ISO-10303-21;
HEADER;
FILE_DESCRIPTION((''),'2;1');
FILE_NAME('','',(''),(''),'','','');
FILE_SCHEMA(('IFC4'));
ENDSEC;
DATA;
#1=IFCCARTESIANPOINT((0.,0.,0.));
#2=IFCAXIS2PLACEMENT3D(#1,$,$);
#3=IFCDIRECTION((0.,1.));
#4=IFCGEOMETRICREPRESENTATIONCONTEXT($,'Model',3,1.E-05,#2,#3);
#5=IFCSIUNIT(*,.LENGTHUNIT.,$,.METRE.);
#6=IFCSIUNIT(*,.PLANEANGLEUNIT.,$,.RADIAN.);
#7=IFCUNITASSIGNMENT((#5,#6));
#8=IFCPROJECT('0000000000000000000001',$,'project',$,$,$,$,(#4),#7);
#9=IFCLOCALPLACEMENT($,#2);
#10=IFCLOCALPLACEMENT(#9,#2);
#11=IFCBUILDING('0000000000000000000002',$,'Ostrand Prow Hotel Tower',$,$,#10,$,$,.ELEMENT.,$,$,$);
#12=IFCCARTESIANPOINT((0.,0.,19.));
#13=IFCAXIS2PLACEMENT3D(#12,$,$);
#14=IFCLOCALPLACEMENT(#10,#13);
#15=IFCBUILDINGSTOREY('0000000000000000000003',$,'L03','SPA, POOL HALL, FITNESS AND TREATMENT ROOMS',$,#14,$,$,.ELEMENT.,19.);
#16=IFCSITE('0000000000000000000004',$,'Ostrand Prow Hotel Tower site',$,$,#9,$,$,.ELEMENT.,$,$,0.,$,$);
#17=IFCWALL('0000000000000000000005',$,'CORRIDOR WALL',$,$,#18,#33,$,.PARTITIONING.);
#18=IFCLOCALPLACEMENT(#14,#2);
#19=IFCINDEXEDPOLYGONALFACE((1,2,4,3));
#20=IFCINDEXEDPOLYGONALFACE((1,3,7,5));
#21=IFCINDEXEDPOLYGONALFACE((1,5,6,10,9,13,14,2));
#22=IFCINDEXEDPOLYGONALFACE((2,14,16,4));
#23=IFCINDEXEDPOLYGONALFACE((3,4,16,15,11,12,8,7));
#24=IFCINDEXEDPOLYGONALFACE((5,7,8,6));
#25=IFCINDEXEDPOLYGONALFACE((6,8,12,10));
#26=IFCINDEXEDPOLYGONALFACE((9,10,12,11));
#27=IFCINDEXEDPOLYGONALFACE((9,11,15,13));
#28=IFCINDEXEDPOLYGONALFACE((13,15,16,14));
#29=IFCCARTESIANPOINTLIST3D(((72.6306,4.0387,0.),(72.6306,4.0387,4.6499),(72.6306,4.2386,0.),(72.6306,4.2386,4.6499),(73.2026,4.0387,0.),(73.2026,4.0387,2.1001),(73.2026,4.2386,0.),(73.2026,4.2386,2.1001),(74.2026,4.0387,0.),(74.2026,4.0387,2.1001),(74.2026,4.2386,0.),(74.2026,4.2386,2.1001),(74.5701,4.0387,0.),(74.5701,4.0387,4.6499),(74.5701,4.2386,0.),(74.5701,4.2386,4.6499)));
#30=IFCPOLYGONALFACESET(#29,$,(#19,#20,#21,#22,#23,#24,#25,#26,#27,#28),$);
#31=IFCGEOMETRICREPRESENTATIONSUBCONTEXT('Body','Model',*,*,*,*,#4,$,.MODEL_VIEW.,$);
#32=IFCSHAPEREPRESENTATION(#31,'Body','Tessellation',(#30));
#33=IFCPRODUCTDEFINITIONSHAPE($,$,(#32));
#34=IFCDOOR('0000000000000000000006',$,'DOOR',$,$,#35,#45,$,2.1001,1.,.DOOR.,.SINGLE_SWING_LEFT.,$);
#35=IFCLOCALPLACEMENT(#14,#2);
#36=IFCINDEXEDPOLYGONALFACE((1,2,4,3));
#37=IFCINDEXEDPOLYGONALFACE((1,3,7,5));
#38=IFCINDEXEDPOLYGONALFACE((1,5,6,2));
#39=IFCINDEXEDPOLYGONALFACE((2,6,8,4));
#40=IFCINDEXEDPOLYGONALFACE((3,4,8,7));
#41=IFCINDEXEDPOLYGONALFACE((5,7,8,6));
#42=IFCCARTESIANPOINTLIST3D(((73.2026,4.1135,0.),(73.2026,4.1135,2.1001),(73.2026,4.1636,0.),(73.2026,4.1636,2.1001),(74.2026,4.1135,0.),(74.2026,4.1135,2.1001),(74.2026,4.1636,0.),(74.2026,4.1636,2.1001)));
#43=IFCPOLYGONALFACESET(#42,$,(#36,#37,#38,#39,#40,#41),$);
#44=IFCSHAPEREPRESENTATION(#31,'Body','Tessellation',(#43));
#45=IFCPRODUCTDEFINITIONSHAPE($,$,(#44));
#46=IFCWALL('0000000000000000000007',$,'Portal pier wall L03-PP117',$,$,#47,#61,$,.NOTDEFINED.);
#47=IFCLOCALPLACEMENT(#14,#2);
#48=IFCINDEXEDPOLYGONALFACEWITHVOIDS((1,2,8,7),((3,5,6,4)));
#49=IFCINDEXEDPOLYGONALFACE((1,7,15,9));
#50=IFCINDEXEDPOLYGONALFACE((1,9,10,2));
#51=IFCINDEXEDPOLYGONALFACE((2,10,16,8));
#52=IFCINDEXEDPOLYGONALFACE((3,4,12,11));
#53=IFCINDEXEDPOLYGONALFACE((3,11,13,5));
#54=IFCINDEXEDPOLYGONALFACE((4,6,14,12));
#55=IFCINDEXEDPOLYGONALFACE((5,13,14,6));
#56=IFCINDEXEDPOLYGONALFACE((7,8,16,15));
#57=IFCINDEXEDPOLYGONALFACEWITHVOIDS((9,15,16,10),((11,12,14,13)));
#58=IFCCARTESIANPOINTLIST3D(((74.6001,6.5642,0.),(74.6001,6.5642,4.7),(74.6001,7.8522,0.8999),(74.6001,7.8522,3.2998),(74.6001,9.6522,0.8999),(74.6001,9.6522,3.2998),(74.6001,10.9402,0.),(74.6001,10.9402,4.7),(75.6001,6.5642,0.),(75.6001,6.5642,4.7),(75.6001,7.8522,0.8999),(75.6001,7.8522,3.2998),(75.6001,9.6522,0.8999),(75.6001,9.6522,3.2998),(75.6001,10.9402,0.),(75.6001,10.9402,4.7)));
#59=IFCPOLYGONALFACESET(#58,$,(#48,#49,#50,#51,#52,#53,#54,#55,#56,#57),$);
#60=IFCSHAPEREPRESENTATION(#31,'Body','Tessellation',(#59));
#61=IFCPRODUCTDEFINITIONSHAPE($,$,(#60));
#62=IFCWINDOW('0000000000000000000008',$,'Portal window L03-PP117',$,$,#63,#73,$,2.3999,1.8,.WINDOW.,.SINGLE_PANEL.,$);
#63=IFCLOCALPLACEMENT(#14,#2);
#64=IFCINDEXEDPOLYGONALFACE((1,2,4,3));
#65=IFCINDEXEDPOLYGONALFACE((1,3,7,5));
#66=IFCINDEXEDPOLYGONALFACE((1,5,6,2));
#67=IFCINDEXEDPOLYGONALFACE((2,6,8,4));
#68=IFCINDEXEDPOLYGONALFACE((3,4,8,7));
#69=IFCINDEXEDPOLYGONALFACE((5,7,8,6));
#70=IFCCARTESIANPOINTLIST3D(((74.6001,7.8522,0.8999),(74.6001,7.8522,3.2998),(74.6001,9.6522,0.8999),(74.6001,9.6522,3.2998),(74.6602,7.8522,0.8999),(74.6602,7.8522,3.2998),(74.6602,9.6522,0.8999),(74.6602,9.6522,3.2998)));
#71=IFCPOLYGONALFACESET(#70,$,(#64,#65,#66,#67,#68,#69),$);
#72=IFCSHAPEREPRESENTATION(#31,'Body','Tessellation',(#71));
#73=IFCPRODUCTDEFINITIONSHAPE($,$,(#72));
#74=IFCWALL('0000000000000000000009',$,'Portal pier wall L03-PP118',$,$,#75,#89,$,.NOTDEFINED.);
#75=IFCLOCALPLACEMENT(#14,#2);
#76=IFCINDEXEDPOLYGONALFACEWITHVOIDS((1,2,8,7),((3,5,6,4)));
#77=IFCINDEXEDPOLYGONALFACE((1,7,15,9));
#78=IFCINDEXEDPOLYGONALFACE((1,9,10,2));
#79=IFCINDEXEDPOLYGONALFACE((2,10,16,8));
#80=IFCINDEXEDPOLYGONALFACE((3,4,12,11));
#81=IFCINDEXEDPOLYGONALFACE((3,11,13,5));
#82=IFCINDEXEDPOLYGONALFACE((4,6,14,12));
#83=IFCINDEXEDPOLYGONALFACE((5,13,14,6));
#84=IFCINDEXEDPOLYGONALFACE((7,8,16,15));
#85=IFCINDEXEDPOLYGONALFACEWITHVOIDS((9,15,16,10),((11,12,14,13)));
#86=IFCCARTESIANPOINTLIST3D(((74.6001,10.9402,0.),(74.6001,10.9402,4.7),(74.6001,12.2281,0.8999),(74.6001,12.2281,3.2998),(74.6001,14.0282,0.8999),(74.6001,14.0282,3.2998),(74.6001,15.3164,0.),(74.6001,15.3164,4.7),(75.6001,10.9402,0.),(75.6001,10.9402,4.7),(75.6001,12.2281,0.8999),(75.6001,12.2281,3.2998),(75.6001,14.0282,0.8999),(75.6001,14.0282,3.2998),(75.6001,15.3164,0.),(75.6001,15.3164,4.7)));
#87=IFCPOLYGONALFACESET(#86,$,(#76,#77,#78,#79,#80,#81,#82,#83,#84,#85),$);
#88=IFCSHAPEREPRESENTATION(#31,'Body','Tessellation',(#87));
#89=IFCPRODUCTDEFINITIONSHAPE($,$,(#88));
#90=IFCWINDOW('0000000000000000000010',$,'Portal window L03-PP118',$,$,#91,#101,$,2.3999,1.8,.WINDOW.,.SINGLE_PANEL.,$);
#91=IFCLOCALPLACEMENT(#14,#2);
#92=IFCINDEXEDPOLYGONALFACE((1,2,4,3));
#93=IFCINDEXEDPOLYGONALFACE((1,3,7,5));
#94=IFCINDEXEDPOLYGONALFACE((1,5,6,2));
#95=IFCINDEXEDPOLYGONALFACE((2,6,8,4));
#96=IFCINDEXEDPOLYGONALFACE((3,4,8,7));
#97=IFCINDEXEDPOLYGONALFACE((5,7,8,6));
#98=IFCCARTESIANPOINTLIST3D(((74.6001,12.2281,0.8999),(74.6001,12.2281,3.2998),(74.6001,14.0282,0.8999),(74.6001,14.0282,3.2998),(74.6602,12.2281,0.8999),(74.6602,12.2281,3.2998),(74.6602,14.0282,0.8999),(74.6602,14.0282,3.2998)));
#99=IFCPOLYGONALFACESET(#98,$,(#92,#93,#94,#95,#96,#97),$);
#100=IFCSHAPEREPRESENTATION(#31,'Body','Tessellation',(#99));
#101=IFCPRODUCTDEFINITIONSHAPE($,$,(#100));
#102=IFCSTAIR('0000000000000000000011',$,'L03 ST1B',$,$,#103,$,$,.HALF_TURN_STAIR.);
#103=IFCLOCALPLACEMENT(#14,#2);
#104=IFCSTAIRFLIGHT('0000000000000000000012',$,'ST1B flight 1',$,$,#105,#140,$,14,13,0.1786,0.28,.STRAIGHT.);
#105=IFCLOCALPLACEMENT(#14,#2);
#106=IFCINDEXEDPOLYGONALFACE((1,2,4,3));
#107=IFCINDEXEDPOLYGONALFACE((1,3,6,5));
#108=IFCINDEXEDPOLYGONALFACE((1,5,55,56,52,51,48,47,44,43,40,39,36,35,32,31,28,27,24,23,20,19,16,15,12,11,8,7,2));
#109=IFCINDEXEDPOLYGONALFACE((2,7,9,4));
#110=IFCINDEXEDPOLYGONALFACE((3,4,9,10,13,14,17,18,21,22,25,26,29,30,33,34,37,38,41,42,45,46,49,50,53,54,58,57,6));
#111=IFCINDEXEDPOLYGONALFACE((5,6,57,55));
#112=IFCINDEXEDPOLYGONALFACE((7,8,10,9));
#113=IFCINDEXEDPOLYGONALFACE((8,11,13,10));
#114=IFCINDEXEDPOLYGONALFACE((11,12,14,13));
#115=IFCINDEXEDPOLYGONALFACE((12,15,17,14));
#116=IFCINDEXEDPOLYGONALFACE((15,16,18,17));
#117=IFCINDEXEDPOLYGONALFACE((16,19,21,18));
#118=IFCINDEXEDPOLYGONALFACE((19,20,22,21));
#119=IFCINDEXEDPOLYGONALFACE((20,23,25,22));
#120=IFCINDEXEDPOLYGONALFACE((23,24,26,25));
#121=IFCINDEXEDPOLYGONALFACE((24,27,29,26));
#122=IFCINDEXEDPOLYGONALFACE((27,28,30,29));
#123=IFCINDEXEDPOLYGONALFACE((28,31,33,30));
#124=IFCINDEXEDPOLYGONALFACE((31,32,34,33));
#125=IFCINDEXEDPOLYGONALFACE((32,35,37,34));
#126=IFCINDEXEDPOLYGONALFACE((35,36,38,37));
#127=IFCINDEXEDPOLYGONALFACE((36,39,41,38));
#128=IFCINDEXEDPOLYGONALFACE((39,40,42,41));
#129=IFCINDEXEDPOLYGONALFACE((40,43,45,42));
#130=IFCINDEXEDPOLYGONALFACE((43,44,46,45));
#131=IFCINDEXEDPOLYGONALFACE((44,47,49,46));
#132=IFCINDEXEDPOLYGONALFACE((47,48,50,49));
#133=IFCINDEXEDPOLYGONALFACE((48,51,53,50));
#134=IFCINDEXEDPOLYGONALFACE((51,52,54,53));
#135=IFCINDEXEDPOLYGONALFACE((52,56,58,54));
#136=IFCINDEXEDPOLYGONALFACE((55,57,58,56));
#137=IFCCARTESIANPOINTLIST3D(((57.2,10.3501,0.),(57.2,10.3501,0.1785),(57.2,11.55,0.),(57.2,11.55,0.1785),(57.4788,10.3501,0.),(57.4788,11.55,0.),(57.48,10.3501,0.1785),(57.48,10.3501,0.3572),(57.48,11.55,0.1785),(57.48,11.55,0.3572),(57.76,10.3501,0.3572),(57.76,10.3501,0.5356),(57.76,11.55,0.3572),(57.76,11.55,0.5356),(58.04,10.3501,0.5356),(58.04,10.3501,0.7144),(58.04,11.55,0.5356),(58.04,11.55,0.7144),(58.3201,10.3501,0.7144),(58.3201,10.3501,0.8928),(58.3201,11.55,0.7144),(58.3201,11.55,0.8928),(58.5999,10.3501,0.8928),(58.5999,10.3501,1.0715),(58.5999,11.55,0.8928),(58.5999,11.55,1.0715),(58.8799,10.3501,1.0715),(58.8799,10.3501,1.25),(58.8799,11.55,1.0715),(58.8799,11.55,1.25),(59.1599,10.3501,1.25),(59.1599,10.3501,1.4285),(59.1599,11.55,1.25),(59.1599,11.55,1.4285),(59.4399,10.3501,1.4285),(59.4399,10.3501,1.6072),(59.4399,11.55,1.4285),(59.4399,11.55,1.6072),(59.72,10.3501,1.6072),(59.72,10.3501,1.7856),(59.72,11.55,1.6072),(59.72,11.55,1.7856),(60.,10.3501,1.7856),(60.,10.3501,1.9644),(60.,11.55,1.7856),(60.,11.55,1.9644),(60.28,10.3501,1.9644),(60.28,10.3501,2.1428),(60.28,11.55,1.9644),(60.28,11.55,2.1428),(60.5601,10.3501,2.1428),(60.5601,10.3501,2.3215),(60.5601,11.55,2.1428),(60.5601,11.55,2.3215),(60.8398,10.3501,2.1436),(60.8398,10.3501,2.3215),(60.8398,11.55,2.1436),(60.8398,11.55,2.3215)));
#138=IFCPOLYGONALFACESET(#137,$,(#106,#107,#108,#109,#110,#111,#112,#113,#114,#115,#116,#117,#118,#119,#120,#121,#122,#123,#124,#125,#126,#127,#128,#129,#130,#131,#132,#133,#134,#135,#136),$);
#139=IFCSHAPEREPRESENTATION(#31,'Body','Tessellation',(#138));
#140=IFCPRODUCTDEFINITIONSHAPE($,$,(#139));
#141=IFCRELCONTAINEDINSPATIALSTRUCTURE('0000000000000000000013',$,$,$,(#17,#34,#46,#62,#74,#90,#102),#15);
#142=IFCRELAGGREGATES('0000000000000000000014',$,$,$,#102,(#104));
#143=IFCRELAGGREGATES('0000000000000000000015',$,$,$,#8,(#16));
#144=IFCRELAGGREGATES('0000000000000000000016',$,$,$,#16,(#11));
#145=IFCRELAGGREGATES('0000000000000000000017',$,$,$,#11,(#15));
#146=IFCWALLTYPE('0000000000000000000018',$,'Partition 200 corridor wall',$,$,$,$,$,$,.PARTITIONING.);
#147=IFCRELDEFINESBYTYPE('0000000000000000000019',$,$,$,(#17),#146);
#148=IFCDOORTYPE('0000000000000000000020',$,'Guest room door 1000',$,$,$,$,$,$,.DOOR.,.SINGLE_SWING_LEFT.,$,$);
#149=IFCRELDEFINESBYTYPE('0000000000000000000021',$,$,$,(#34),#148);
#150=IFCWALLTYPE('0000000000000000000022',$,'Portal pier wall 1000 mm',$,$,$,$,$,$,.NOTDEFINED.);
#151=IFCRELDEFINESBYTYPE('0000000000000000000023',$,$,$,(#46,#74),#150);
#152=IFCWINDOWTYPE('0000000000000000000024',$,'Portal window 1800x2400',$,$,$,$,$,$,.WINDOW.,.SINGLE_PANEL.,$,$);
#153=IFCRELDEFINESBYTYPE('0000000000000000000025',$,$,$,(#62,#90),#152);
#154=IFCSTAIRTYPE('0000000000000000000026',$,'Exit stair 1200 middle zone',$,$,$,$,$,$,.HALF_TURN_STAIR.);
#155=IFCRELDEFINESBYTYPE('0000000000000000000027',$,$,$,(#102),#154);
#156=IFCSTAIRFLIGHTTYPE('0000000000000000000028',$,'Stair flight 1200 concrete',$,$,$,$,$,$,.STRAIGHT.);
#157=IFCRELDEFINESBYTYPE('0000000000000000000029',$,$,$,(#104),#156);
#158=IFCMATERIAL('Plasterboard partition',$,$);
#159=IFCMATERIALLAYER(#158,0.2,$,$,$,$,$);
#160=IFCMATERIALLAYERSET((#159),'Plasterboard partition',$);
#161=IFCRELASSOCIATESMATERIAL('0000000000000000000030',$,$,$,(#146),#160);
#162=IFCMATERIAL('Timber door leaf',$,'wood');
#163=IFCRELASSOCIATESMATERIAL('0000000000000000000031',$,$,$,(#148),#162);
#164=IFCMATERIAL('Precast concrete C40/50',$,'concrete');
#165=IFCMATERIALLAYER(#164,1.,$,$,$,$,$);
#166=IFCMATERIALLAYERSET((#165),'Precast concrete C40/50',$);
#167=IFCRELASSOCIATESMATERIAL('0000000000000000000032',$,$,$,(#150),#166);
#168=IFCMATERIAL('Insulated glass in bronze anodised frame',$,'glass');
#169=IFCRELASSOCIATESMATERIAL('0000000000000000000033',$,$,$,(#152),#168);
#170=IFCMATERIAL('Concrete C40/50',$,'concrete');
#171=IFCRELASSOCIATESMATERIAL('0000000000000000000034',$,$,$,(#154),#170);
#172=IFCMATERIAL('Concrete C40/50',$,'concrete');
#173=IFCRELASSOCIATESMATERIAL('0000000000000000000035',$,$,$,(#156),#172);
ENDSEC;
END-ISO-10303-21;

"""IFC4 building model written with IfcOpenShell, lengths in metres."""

from ifc_helpers import new_model, si_unit, direction, frame, frame_2d, origin, place, context, subcontext, project, spatial, polyline, rectangle, outline, extrude, material, layer, layer_set, type_object, element, fill, aggregate, save


model = new_model("IFC4")

# Units and contexts
model_context = context("Model", 3, precision=1e-05, world=origin(), true_north=direction((0.0, 1.0)))
body_context = subcontext(model_context, "Body", "Model", "MODEL_VIEW")
ifc_project = project(units=[si_unit("LENGTHUNIT", "METRE"), si_unit("PLANEANGLEUNIT", "RADIAN")], contexts=[model_context])

# Site, building, storey
site_placement = place(None, origin())
site = spatial("IfcSite", under=ifc_project, at=site_placement, Name="Ostrand Prow Hotel Tower site", CompositionType="ELEMENT", RefElevation=0.0)
building_placement = place(site_placement, origin())
building = spatial("IfcBuilding", under=site, at=building_placement, Name="Ostrand Prow Hotel Tower", CompositionType="ELEMENT")
storey_placement = place(building_placement, frame((0.0, 0.0, 19.0)))
storey = spatial("IfcBuildingStorey", under=building, at=storey_placement, Name="L03", Description="SPA, POOL HALL, FITNESS AND TREATMENT ROOMS", CompositionType="ELEMENT", Elevation=19.0)

# Wall, opening, door
ifc_material_1 = material(Name="Plasterboard partition")
ifc_layer_1 = layer(ifc_material_1, 0.2)
ifc_layer_set_1 = layer_set([ifc_layer_1], Name="Plasterboard partition")
wall_type_1 = type_object("IfcWallType", Name="Partition 200 corridor wall", PredefinedType="PARTITIONING", material=ifc_layer_set_1)
wall_1_placement = place(storey_placement, frame((72.6306, 4.1387, 0.0), z_axis=(0.0, 0.0, 1.0), x_axis=(1.0, 0.0, 0.0)))
wall_1 = element("IfcWall", 1, at=wall_1_placement, inside=storey, type_object=wall_type_1, Name="CORRIDOR WALL", PredefinedType="PARTITIONING", context=body_context, shape_type="SweptSolid", body=[
    extrude(rectangle(XDim=1.9395, YDim=0.2, at=frame_2d((0.9697, 0.0))), origin(), (0.0, 0.0, 1.0), 4.6499),
])
opening_1_placement = place(wall_1_placement, frame((0.572, 0.0, 0.0)))
opening_1 = element("IfcOpeningElement", 2, at=opening_1_placement, cuts=wall_1, PredefinedType="OPENING", context=body_context, shape_type="SweptSolid", body=[
    extrude(rectangle(XDim=1.0, YDim=2.1001, at=frame_2d((0.5, 1.05))), frame((0.0, 0.1099, 0.0), z_axis=(0.0, -1.0, 0.0), x_axis=(1.0, 0.0, 0.0)), (0.0, 0.0, 1.0), 0.22),
])
ifc_material_2 = material(Name="Timber door leaf", Category="wood")
door_type_1 = type_object("IfcDoorType", Name="Guest room door 1000", OperationType="SINGLE_SWING_LEFT", PredefinedType="DOOR", material=ifc_material_2)
door_1_placement = place(opening_1_placement, origin())
door_1 = element("IfcDoor", 3, at=door_1_placement, inside=storey, type_object=door_type_1, Name="DOOR", OperationType="SINGLE_SWING_LEFT", OverallHeight=2.1001, OverallWidth=1.0, PredefinedType="DOOR", context=body_context, shape_type="SweptSolid", body=[
    extrude(rectangle(XDim=1.0, YDim=2.1001, at=frame_2d((0.5, 1.05))), frame((0.0, 0.0249, 0.0), z_axis=(0.0, -1.0, 0.0), x_axis=(1.0, 0.0, 0.0)), (0.0, 0.0, 1.0), 0.05),
])
fill(opening_1, door_1)

# Walls, openings, windows
ifc_material_3 = material(Name="Precast concrete C40/50", Category="concrete")
ifc_layer_2 = layer(ifc_material_3, 1.0)
ifc_layer_set_2 = layer_set([ifc_layer_2], Name="Precast concrete C40/50")
wall_type_2 = type_object("IfcWallType", Name="Portal pier wall 1000 mm", PredefinedType="NOTDEFINED", material=ifc_layer_set_2)
wall_2_placement = place(storey_placement, frame((75.1001, 6.5642, 0.0), z_axis=(0.0, 0.0, 1.0), x_axis=(0.0, 1.0, 0.0)))
wall_2 = element("IfcWall", 4, at=wall_2_placement, inside=storey, type_object=wall_type_2, Name="Portal pier wall L03-PP117", PredefinedType="NOTDEFINED", context=body_context, shape_type="SweptSolid", body=[
    extrude(outline(polyline([(0.0, -0.5), (4.376, -0.5), (4.376, 0.5), (0.0, 0.5), (0.0, -0.5)])), origin(), (0.0, 0.0, 1.0), 4.7),
])
opening_2_placement = place(wall_2_placement, frame((1.2881, 0.0, 0.8999)))
opening_2 = element("IfcOpeningElement", 5, at=opening_2_placement, cuts=wall_2, PredefinedType="OPENING", context=body_context, shape_type="SweptSolid", body=[
    extrude(rectangle(XDim=1.8, YDim=2.3999, at=frame_2d((0.8999, 1.2))), frame((0.0, 0.51, 0.0), z_axis=(0.0, -1.0, 0.0), x_axis=(1.0, 0.0, 0.0)), (0.0, 0.0, 1.0), 1.02),
])
ifc_material_4 = material(Name="Insulated glass in bronze anodised frame", Category="glass")
window_type = type_object("IfcWindowType", Name="Portal window 1800x2400", PartitioningType="SINGLE_PANEL", PredefinedType="WINDOW", material=ifc_material_4)
window_1_placement = place(opening_2_placement, origin())
window_1 = element("IfcWindow", 6, at=window_1_placement, inside=storey, type_object=window_type, Name="Portal window L03-PP117", OverallHeight=2.3999, OverallWidth=1.8, PartitioningType="SINGLE_PANEL", PredefinedType="WINDOW", context=body_context, shape_type="SweptSolid", body=[
    extrude(rectangle(XDim=1.8, YDim=2.3999, at=frame_2d((0.8999, 1.2))), frame((0.0, 0.5, 0.0), z_axis=(0.0, -1.0, 0.0), x_axis=(1.0, 0.0, 0.0)), (0.0, 0.0, 1.0), 0.0601),
])
fill(opening_2, window_1)
wall_3_placement = place(storey_placement, frame((75.1001, 10.9402, 0.0), z_axis=(0.0, 0.0, 1.0), x_axis=(0.0, 1.0, 0.0)))
wall_3 = element("IfcWall", 7, at=wall_3_placement, inside=storey, type_object=wall_type_2, Name="Portal pier wall L03-PP118", PredefinedType="NOTDEFINED", context=body_context, shape_type="SweptSolid", body=[
    extrude(outline(polyline([(0.0, -0.5), (4.3762, -0.5), (4.3762, 0.5), (0.0, 0.5), (0.0, -0.5)])), origin(), (0.0, 0.0, 1.0), 4.7),
])
opening_3_placement = place(wall_3_placement, frame((1.2881, 0.0, 0.8999)))
opening_3 = element("IfcOpeningElement", 8, at=opening_3_placement, cuts=wall_3, PredefinedType="OPENING", context=body_context, shape_type="SweptSolid", body=[
    extrude(rectangle(XDim=1.8, YDim=2.3999, at=frame_2d((0.8999, 1.2))), frame((0.0, 0.51, 0.0), z_axis=(0.0, -1.0, 0.0), x_axis=(1.0, 0.0, 0.0)), (0.0, 0.0, 1.0), 1.02),
])
window_2_placement = place(opening_3_placement, origin())
window_2 = element("IfcWindow", 9, at=window_2_placement, inside=storey, type_object=window_type, Name="Portal window L03-PP118", OverallHeight=2.3999, OverallWidth=1.8, PartitioningType="SINGLE_PANEL", PredefinedType="WINDOW", context=body_context, shape_type="SweptSolid", body=[
    extrude(rectangle(XDim=1.8, YDim=2.3999, at=frame_2d((0.8999, 1.2))), frame((0.0, 0.5, 0.0), z_axis=(0.0, -1.0, 0.0), x_axis=(1.0, 0.0, 0.0)), (0.0, 0.0, 1.0), 0.0601),
])
fill(opening_3, window_2)

# Stair, stair flight
ifc_material_5 = material(Name="Concrete C40/50", Category="concrete")
stair_type = type_object("IfcStairType", Name="Exit stair 1200 middle zone", PredefinedType="HALF_TURN_STAIR", material=ifc_material_5)
stair_1_placement = place(storey_placement, origin())
stair_1 = element("IfcStair", 10, at=stair_1_placement, inside=storey, type_object=stair_type, Name="L03 ST1B", PredefinedType="HALF_TURN_STAIR")
ifc_material_6 = material(Name="Concrete C40/50", Category="concrete")
stair_flight_type = type_object("IfcStairFlightType", Name="Stair flight 1200 concrete", PredefinedType="STRAIGHT", material=ifc_material_6)
stair_flight_1_placement = place(storey_placement, frame((57.2, 10.95, 0.0), z_axis=(0.0, 0.0, 1.0), x_axis=(1.0, 0.0, 0.0)))
stair_flight_1 = element("IfcStairFlight", 11, at=stair_flight_1_placement, type_object=stair_flight_type, Name="ST1B flight 1", NumberOfRisers=14, NumberOfTreads=13, PredefinedType="STRAIGHT", RiserHeight=0.1786, TreadLength=0.28, context=body_context, shape_type="SweptSolid", body=[
    extrude(outline(polyline([(0.0, 0.0), (0.0, 0.1785), (0.28, 0.1785), (0.28, 0.3572), (0.5601, 0.3572), (0.5601, 0.5356), (0.8401, 0.5356), (0.8401, 0.7144), (1.1201, 0.7144), (1.1201, 0.8928), (1.3999, 0.8928), (1.3999, 1.0715), (1.6799, 1.0715), (1.6799, 1.25), (1.96, 1.25), (1.96, 1.4285), (2.24, 1.4285), (2.24, 1.6072), (2.52, 1.6072), (2.52, 1.7856), (2.8, 1.7856), (2.8, 1.9644), (3.0801, 1.9644), (3.0801, 2.1428), (3.3601, 2.1428), (3.3601, 2.3215), (3.6399, 2.3215), (3.6399, 2.5), (3.6399, 2.1436), (0.2788, 0.0), (0.0, 0.0)])), frame((0.0, 0.6001, 0.0), z_axis=(0.0, -1.0, 0.0), x_axis=(1.0, 0.0, 0.0)), (0.0, 0.0, 1.0), 1.2),
])
aggregate(stair_1, [stair_flight_1])

save(model, "model.ifc")
